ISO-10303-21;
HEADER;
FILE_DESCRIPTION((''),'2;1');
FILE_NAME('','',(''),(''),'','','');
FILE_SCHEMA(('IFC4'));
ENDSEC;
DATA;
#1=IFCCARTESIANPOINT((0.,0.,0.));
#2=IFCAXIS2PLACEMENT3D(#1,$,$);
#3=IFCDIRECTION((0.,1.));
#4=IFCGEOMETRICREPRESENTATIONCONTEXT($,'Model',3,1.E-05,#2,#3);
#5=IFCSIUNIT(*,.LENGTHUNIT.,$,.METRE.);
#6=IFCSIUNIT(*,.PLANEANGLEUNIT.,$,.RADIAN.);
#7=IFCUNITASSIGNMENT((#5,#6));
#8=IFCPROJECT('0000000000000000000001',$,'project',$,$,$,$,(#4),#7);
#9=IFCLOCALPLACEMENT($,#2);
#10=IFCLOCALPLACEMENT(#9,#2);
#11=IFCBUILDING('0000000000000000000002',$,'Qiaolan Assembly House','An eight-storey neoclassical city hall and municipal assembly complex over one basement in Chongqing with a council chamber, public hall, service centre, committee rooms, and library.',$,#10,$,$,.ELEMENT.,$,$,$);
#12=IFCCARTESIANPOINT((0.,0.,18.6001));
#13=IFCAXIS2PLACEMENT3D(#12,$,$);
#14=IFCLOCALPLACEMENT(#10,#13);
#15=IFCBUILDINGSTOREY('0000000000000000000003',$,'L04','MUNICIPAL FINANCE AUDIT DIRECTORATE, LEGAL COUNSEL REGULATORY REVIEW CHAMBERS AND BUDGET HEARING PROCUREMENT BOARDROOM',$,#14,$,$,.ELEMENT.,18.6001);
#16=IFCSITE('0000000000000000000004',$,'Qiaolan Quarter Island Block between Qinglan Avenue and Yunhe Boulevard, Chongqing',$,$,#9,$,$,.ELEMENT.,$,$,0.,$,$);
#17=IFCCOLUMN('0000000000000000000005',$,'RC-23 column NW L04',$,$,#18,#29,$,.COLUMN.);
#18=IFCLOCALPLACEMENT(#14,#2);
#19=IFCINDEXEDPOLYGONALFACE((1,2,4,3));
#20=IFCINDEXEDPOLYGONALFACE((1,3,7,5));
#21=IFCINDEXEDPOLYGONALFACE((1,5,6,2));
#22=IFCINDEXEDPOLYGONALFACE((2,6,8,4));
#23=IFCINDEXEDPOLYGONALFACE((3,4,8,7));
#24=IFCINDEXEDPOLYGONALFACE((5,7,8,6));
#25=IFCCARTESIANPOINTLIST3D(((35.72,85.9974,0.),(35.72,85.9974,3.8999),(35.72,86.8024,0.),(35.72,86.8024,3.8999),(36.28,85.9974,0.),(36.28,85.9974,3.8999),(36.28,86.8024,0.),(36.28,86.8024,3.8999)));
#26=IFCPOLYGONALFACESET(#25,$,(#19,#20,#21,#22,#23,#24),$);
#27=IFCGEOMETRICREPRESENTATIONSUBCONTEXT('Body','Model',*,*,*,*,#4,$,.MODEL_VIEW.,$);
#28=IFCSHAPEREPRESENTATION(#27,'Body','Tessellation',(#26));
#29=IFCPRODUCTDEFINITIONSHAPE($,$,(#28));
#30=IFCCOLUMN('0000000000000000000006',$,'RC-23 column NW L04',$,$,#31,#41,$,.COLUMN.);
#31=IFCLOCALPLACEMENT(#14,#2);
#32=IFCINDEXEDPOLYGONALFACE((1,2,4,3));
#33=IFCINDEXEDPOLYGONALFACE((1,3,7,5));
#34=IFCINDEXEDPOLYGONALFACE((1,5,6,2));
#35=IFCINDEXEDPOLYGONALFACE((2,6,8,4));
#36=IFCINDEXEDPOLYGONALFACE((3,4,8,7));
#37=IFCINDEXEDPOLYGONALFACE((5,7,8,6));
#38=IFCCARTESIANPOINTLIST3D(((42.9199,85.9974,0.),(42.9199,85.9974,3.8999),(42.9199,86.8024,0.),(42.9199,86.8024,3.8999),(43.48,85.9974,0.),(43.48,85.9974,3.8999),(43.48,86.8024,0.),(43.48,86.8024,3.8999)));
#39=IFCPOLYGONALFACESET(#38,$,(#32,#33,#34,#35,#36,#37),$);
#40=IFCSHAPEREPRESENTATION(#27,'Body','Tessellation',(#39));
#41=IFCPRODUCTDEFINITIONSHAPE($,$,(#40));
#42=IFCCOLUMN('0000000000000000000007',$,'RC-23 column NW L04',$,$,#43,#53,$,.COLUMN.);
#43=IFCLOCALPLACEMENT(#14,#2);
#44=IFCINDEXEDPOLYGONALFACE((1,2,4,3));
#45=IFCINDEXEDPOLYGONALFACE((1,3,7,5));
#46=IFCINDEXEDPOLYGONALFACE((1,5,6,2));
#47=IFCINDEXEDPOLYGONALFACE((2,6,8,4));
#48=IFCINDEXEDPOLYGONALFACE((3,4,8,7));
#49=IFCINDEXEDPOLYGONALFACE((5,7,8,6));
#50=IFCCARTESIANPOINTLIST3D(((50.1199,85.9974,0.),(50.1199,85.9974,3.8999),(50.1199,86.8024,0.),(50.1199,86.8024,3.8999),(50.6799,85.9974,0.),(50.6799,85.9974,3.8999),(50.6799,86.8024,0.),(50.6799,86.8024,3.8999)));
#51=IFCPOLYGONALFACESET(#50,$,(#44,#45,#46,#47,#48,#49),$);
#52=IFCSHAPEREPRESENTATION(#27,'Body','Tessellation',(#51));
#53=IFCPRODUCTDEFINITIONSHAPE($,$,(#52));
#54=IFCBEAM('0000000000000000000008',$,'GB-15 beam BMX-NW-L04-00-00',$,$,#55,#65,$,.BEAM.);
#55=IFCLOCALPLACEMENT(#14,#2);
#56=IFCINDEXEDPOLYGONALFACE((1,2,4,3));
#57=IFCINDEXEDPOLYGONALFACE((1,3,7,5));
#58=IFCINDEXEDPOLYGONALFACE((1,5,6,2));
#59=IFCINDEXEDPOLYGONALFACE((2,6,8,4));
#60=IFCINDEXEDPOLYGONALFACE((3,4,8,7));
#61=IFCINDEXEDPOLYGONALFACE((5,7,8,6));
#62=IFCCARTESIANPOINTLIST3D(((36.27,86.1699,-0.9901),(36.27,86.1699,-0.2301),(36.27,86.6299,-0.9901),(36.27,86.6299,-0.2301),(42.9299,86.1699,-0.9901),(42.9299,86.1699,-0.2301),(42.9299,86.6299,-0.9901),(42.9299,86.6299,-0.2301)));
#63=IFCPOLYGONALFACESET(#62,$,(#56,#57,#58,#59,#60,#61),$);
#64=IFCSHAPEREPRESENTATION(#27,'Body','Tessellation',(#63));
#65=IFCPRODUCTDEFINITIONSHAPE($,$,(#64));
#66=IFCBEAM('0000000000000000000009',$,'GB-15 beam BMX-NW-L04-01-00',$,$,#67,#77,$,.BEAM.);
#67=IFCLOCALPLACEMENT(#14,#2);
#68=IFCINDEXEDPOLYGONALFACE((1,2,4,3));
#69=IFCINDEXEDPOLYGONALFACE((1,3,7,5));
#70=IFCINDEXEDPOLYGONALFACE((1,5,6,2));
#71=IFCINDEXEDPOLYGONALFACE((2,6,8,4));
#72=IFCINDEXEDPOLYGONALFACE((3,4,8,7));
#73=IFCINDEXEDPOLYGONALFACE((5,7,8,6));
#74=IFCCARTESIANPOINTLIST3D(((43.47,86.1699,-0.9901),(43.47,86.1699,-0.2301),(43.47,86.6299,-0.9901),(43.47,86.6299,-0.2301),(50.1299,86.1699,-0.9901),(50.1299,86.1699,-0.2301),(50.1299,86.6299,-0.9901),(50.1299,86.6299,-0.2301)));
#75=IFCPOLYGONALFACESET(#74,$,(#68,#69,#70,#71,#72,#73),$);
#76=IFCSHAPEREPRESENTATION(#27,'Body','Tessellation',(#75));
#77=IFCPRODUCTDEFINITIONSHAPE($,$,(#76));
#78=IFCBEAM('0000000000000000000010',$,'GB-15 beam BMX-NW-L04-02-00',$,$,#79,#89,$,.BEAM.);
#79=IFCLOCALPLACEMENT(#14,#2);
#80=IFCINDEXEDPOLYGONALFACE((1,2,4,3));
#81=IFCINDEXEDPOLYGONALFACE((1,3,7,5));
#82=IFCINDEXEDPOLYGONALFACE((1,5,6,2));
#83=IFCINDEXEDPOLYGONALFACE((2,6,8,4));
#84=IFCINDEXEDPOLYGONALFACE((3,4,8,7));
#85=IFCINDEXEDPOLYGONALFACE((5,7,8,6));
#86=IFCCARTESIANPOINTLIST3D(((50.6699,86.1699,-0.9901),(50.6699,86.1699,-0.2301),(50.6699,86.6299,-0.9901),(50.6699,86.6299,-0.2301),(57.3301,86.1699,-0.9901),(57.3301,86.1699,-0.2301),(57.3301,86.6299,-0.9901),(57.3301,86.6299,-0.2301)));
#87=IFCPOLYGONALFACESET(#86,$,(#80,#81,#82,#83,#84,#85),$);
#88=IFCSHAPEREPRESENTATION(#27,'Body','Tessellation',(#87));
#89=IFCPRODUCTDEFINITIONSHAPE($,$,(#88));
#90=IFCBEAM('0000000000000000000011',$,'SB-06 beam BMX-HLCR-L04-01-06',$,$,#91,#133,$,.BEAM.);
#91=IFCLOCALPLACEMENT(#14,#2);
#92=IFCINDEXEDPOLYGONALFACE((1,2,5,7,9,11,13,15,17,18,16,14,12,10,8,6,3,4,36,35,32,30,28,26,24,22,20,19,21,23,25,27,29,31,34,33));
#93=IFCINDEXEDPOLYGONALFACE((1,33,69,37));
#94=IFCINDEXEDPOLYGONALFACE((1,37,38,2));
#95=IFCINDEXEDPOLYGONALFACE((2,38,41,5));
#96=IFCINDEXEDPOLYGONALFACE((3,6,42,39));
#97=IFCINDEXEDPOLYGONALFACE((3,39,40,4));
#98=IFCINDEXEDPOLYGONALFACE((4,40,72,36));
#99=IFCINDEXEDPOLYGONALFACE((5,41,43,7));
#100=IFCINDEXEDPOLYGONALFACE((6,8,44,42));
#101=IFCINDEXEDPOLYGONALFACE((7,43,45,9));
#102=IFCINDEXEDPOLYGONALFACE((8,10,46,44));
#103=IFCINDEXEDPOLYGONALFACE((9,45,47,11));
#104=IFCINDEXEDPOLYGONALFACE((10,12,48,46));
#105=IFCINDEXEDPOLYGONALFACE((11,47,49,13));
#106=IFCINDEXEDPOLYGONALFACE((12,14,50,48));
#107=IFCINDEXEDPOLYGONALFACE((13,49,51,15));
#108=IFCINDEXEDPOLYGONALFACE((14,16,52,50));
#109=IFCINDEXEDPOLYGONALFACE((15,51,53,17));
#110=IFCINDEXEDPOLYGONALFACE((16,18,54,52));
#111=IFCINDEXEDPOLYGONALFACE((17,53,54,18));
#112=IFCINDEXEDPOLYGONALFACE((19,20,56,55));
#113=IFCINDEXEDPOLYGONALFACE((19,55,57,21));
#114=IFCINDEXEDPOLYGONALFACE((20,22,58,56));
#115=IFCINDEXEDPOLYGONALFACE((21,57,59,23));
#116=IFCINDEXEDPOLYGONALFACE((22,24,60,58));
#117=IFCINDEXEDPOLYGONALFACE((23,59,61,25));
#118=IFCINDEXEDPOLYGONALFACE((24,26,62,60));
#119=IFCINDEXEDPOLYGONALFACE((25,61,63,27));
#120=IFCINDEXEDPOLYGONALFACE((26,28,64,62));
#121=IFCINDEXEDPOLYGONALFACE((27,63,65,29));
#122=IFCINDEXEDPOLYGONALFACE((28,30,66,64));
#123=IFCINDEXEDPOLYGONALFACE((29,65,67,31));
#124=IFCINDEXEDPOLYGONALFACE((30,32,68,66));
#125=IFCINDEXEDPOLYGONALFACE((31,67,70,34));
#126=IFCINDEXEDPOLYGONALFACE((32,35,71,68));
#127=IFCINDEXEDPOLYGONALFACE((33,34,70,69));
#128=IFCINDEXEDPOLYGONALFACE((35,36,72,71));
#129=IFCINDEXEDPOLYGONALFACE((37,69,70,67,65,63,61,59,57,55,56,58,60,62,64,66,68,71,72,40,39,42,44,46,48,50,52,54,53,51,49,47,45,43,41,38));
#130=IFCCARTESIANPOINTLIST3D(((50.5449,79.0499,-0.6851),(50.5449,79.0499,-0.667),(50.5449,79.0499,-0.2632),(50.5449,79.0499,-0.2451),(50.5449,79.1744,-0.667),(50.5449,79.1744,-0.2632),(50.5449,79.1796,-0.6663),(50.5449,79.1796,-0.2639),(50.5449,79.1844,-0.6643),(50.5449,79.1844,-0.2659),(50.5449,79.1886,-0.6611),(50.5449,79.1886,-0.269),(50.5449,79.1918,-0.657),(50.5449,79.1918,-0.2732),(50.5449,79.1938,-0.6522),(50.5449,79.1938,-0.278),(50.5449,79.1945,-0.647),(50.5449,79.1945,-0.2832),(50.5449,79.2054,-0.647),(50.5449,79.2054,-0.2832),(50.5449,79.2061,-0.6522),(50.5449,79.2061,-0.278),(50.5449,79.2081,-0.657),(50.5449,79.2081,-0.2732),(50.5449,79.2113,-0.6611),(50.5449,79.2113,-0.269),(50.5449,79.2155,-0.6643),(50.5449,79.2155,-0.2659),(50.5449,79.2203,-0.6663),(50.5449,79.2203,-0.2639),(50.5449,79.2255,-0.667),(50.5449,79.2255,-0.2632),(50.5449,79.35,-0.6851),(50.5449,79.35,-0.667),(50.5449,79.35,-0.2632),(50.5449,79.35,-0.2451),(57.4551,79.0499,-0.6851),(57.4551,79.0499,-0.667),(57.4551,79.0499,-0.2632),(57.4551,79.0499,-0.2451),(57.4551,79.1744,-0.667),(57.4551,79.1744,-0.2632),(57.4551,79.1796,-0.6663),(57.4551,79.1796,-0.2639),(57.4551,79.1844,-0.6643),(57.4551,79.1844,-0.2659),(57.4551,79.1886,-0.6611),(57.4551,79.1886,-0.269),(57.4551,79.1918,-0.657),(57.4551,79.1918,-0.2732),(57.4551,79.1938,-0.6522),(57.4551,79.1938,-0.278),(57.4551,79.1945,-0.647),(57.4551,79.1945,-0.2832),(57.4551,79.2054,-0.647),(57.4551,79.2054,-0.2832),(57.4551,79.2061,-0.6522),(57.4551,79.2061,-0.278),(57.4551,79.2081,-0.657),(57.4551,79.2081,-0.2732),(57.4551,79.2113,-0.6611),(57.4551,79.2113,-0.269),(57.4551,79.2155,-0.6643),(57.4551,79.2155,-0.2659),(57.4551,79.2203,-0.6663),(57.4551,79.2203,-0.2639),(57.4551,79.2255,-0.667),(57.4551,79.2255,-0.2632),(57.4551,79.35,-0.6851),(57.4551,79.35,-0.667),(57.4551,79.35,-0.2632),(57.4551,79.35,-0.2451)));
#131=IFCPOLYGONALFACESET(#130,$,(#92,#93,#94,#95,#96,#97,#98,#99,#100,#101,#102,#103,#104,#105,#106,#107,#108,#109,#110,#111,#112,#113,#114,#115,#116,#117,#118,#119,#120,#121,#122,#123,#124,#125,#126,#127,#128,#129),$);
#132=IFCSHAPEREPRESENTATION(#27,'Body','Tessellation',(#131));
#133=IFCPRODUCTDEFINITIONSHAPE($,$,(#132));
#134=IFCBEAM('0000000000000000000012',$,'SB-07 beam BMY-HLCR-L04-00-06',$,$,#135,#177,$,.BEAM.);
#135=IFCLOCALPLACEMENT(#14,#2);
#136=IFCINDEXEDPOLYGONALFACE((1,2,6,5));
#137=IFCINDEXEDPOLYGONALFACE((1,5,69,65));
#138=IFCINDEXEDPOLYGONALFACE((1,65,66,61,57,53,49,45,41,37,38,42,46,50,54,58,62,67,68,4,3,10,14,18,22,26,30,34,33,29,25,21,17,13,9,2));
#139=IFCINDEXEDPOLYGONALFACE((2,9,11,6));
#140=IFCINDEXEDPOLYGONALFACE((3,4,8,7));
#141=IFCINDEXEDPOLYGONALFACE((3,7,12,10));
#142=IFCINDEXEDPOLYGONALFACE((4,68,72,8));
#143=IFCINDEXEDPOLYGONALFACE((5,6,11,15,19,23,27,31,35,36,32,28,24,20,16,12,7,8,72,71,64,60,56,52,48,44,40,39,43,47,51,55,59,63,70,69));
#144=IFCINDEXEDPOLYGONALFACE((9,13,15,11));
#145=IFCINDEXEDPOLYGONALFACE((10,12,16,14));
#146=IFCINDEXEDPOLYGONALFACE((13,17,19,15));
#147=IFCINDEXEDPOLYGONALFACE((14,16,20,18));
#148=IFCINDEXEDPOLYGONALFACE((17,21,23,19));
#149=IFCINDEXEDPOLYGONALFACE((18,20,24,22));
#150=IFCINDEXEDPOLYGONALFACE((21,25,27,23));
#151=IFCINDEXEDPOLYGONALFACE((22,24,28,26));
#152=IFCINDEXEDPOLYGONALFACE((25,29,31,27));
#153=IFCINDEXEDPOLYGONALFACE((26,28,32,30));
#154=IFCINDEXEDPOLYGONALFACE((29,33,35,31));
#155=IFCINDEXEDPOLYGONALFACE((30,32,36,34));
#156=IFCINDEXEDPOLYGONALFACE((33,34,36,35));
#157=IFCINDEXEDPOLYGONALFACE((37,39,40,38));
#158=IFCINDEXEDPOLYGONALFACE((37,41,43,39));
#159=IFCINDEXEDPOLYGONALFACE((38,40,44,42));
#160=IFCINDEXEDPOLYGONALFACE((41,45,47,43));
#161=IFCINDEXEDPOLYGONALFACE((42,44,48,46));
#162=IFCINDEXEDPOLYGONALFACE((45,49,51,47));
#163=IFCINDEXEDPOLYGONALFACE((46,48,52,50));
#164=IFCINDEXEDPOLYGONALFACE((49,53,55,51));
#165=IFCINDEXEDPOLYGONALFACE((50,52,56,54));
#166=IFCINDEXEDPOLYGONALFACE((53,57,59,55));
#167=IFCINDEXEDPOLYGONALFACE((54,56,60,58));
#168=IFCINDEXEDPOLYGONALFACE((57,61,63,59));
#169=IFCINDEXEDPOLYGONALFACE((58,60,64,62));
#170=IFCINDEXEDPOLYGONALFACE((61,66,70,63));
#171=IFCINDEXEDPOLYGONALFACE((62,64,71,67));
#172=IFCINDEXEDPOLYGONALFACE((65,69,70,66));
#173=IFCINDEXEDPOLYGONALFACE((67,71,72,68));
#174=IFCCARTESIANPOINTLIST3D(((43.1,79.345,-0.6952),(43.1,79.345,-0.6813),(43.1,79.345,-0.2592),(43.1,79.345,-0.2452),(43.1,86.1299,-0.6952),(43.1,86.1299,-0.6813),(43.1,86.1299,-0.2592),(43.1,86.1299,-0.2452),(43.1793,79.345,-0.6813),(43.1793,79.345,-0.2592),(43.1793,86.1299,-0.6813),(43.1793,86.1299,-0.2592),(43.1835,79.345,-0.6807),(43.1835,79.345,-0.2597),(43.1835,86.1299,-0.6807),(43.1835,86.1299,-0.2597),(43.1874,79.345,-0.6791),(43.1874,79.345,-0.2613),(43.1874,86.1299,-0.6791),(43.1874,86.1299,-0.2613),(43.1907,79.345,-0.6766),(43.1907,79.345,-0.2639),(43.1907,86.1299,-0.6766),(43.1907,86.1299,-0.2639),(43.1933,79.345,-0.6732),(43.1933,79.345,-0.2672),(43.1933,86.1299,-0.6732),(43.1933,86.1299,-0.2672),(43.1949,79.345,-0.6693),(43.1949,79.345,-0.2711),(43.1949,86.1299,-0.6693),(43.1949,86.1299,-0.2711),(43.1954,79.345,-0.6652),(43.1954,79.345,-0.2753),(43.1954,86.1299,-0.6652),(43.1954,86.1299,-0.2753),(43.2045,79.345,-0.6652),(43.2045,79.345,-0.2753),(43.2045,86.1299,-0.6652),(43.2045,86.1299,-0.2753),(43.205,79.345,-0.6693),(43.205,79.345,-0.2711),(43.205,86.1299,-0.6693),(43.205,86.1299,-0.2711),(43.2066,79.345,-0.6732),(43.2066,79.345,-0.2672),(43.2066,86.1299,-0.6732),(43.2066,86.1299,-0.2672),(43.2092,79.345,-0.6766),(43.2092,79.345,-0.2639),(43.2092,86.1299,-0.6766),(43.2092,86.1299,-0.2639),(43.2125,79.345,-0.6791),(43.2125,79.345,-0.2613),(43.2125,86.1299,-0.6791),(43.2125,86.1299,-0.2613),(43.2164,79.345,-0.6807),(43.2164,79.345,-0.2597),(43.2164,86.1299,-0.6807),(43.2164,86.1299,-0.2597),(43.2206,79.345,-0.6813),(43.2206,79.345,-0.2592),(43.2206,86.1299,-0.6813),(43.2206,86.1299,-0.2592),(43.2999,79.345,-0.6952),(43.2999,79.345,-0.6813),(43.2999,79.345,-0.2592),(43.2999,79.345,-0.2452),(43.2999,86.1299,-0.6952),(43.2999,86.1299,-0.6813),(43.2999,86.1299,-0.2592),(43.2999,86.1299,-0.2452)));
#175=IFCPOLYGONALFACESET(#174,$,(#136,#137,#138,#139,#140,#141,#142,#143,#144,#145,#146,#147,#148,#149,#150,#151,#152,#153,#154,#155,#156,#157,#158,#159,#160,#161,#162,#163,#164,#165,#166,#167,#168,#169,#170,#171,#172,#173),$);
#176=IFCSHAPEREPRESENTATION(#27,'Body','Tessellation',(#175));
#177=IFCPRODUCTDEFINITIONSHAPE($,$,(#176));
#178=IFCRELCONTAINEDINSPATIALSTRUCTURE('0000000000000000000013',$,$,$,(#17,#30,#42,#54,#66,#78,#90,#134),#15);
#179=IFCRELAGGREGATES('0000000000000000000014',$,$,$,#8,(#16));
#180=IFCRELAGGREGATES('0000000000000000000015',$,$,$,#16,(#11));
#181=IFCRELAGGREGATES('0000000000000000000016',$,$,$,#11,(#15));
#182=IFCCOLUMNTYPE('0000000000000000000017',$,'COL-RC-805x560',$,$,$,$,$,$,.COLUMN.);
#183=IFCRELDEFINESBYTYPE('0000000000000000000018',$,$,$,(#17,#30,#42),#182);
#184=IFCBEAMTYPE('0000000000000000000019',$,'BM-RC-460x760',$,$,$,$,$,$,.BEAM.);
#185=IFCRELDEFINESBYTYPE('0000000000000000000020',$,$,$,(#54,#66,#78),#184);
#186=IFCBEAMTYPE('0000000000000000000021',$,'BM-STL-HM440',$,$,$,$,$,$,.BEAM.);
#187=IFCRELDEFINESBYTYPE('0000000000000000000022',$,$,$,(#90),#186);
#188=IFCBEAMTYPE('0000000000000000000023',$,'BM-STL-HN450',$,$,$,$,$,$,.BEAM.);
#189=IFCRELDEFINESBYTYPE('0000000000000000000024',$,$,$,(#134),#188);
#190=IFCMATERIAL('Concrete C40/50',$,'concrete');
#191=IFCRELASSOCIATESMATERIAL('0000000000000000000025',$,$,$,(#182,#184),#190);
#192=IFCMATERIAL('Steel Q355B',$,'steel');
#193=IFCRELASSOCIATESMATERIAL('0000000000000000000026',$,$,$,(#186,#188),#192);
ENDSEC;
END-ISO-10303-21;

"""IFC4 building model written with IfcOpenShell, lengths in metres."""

from ifc_helpers import new_model, si_unit, direction, frame, origin, origin_2d, place, context, subcontext, project, spatial, rectangle, i_section, extrude, material, material_profile, profile_set, type_object, element, save


model = new_model("IFC4")

# Units and contexts
model_context = context("Model", 3, precision=1e-05, world=origin(), true_north=direction((0.0, 1.0)))
body_context = subcontext(model_context, "Body", "Model", "MODEL_VIEW")
ifc_project = project(units=[si_unit("LENGTHUNIT", "METRE"), si_unit("PLANEANGLEUNIT", "RADIAN")], contexts=[model_context])

# Site, building, storey
site_placement = place(None, origin())
site = spatial("IfcSite", under=ifc_project, at=site_placement, Name="Qiaolan Quarter Island Block between Qinglan Avenue and Yunhe Boulevard, Chongqing", CompositionType="ELEMENT", RefElevation=0.0)
building_placement = place(site_placement, origin())
building = spatial("IfcBuilding", under=site, at=building_placement, Name="Qiaolan Assembly House", Description="An eight-storey neoclassical city hall and municipal assembly complex over one basement in Chongqing with a council chamber, public hall, service centre, committee rooms, and library.", CompositionType="ELEMENT")
storey_placement = place(building_placement, frame((0.0, 0.0, 18.6001)))
storey = spatial("IfcBuildingStorey", under=building, at=storey_placement, Name="L04", Description="MUNICIPAL FINANCE AUDIT DIRECTORATE, LEGAL COUNSEL REGULATORY REVIEW CHAMBERS AND BUDGET HEARING PROCUREMENT BOARDROOM", CompositionType="ELEMENT", Elevation=18.6001)

# Columns
ifc_material_1 = material(Name="Concrete C40/50", Category="concrete")
ifc_material_profile_1 = material_profile(ifc_material_1, rectangle(XDim=0.5601, YDim=0.8049, at=origin_2d()), Name="RC 805x560")
ifc_profile_set_1 = profile_set([ifc_material_profile_1], Name="Concrete C40/50")
column_type = type_object("IfcColumnType", Name="COL-RC-805x560", PredefinedType="COLUMN", material=ifc_profile_set_1)
for number, where, z_axis, x_axis, name in (
    (1, (36.0, 86.3999, 0.0), (0.0, 0.0, 1.0), (1.0, 0.0, 0.0), "RC-23 column NW L04"),
    (2, (43.2, 86.3999, 0.0), (0.0, 0.0, 1.0), (1.0, 0.0, 0.0), "RC-23 column NW L04"),
    (3, (50.3999, 86.3999, 0.0), (0.0, 0.0, 1.0), (1.0, 0.0, 0.0), "RC-23 column NW L04"),
):
    element("IfcColumn", number, at=place(storey_placement, frame(where, z_axis=z_axis, x_axis=x_axis)), inside=storey, type_object=column_type, Name=name, PredefinedType="COLUMN", context=body_context, shape_type="SweptSolid", body=[
        extrude(rectangle(XDim=0.5601, YDim=0.8049, at=origin_2d()), origin(), (0.0, 0.0, 1.0), 3.8999),
    ])

# Beams
ifc_material_profile_2 = material_profile(ifc_material_1, rectangle(XDim=0.46, YDim=0.76, at=origin_2d()), Name="RCB 460x760")
ifc_profile_set_2 = profile_set([ifc_material_profile_2], Name="Concrete C40/50")
beam_type_1 = type_object("IfcBeamType", Name="BM-RC-460x760", PredefinedType="BEAM", material=ifc_profile_set_2)
for number, where, z_axis, x_axis, name in (
    (4, (36.27, 86.3999, -0.6101), (1.0, 0.0, 0.0), (0.0, 1.0, 0.0), "GB-15 beam BMX-NW-L04-00-00"),
    (5, (43.47, 86.3999, -0.6101), (1.0, 0.0, 0.0), (0.0, 1.0, 0.0), "GB-15 beam BMX-NW-L04-01-00"),
):
    element("IfcBeam", number, at=place(storey_placement, frame(where, z_axis=z_axis, x_axis=x_axis)), inside=storey, type_object=beam_type_1, Name=name, PredefinedType="BEAM", context=body_context, shape_type="SweptSolid", body=[
        extrude(rectangle(XDim=0.46, YDim=0.76, at=origin_2d()), origin(), (0.0, 0.0, 1.0), 6.6599),
    ])
beam_1_placement = place(storey_placement, frame((50.6699, 86.3999, -0.6101), z_axis=(1.0, 0.0, 0.0), x_axis=(0.0, 1.0, 0.0)))
element("IfcBeam", 6, at=beam_1_placement, inside=storey, type_object=beam_type_1, Name="GB-15 beam BMX-NW-L04-02-00", PredefinedType="BEAM", context=body_context, shape_type="SweptSolid", body=[
    extrude(rectangle(XDim=0.46, YDim=0.76, at=origin_2d()), origin(), (0.0, 0.0, 1.0), 6.6602),
])
ifc_material_2 = material(Name="Steel Q355B", Category="steel")
ifc_material_profile_3 = material_profile(ifc_material_2, i_section(OverallWidth=0.3, OverallDepth=0.4399, WebThickness=0.011, FlangeThickness=0.0181, FilletRadius=0.02, at=origin_2d()), Name="HM 440x300x11x18")
ifc_profile_set_3 = profile_set([ifc_material_profile_3], Name="Steel Q355B")
beam_type_2 = type_object("IfcBeamType", Name="BM-STL-HM440", PredefinedType="BEAM", material=ifc_profile_set_3)
beam_2_placement = place(storey_placement, frame((50.5449, 79.2, -0.4651), z_axis=(1.0, 0.0, 0.0), x_axis=(0.0, 1.0, 0.0)))
element("IfcBeam", 7, at=beam_2_placement, inside=storey, type_object=beam_type_2, Name="SB-06 beam BMX-HLCR-L04-01-06", PredefinedType="BEAM", context=body_context, shape_type="SweptSolid", body=[
    extrude(i_section(OverallWidth=0.3, OverallDepth=0.4399, WebThickness=0.011, FlangeThickness=0.0181, FilletRadius=0.02, at=origin_2d()), origin(), (0.0, 0.0, 1.0), 6.9102),
])
ifc_material_profile_4 = material_profile(ifc_material_2, i_section(OverallWidth=0.2, OverallDepth=0.45, WebThickness=0.009, FlangeThickness=0.0139, FilletRadius=0.0161, at=origin_2d()), Name="HN 450x200x9x14")
ifc_profile_set_4 = profile_set([ifc_material_profile_4], Name="Steel Q355B")
beam_type_3 = type_object("IfcBeamType", Name="BM-STL-HN450", PredefinedType="BEAM", material=ifc_profile_set_4)
for number, where, z_axis, x_axis, name in (
    (8, (43.2, 79.345, -0.4702), (0.0, 1.0, 0.0), (-1.0, 0.0, 0.0), "SB-07 beam BMY-HLCR-L04-00-06"),
):
    element("IfcBeam", number, at=place(storey_placement, frame(where, z_axis=z_axis, x_axis=x_axis)), inside=storey, type_object=beam_type_3, Name=name, PredefinedType="BEAM", context=body_context, shape_type="SweptSolid", body=[
        extrude(i_section(OverallWidth=0.2, OverallDepth=0.45, WebThickness=0.009, FlangeThickness=0.0139, FilletRadius=0.0161, at=origin_2d()), origin(), (0.0, 0.0, 1.0), 6.7849),
    ])

save(model, "model.ifc")
